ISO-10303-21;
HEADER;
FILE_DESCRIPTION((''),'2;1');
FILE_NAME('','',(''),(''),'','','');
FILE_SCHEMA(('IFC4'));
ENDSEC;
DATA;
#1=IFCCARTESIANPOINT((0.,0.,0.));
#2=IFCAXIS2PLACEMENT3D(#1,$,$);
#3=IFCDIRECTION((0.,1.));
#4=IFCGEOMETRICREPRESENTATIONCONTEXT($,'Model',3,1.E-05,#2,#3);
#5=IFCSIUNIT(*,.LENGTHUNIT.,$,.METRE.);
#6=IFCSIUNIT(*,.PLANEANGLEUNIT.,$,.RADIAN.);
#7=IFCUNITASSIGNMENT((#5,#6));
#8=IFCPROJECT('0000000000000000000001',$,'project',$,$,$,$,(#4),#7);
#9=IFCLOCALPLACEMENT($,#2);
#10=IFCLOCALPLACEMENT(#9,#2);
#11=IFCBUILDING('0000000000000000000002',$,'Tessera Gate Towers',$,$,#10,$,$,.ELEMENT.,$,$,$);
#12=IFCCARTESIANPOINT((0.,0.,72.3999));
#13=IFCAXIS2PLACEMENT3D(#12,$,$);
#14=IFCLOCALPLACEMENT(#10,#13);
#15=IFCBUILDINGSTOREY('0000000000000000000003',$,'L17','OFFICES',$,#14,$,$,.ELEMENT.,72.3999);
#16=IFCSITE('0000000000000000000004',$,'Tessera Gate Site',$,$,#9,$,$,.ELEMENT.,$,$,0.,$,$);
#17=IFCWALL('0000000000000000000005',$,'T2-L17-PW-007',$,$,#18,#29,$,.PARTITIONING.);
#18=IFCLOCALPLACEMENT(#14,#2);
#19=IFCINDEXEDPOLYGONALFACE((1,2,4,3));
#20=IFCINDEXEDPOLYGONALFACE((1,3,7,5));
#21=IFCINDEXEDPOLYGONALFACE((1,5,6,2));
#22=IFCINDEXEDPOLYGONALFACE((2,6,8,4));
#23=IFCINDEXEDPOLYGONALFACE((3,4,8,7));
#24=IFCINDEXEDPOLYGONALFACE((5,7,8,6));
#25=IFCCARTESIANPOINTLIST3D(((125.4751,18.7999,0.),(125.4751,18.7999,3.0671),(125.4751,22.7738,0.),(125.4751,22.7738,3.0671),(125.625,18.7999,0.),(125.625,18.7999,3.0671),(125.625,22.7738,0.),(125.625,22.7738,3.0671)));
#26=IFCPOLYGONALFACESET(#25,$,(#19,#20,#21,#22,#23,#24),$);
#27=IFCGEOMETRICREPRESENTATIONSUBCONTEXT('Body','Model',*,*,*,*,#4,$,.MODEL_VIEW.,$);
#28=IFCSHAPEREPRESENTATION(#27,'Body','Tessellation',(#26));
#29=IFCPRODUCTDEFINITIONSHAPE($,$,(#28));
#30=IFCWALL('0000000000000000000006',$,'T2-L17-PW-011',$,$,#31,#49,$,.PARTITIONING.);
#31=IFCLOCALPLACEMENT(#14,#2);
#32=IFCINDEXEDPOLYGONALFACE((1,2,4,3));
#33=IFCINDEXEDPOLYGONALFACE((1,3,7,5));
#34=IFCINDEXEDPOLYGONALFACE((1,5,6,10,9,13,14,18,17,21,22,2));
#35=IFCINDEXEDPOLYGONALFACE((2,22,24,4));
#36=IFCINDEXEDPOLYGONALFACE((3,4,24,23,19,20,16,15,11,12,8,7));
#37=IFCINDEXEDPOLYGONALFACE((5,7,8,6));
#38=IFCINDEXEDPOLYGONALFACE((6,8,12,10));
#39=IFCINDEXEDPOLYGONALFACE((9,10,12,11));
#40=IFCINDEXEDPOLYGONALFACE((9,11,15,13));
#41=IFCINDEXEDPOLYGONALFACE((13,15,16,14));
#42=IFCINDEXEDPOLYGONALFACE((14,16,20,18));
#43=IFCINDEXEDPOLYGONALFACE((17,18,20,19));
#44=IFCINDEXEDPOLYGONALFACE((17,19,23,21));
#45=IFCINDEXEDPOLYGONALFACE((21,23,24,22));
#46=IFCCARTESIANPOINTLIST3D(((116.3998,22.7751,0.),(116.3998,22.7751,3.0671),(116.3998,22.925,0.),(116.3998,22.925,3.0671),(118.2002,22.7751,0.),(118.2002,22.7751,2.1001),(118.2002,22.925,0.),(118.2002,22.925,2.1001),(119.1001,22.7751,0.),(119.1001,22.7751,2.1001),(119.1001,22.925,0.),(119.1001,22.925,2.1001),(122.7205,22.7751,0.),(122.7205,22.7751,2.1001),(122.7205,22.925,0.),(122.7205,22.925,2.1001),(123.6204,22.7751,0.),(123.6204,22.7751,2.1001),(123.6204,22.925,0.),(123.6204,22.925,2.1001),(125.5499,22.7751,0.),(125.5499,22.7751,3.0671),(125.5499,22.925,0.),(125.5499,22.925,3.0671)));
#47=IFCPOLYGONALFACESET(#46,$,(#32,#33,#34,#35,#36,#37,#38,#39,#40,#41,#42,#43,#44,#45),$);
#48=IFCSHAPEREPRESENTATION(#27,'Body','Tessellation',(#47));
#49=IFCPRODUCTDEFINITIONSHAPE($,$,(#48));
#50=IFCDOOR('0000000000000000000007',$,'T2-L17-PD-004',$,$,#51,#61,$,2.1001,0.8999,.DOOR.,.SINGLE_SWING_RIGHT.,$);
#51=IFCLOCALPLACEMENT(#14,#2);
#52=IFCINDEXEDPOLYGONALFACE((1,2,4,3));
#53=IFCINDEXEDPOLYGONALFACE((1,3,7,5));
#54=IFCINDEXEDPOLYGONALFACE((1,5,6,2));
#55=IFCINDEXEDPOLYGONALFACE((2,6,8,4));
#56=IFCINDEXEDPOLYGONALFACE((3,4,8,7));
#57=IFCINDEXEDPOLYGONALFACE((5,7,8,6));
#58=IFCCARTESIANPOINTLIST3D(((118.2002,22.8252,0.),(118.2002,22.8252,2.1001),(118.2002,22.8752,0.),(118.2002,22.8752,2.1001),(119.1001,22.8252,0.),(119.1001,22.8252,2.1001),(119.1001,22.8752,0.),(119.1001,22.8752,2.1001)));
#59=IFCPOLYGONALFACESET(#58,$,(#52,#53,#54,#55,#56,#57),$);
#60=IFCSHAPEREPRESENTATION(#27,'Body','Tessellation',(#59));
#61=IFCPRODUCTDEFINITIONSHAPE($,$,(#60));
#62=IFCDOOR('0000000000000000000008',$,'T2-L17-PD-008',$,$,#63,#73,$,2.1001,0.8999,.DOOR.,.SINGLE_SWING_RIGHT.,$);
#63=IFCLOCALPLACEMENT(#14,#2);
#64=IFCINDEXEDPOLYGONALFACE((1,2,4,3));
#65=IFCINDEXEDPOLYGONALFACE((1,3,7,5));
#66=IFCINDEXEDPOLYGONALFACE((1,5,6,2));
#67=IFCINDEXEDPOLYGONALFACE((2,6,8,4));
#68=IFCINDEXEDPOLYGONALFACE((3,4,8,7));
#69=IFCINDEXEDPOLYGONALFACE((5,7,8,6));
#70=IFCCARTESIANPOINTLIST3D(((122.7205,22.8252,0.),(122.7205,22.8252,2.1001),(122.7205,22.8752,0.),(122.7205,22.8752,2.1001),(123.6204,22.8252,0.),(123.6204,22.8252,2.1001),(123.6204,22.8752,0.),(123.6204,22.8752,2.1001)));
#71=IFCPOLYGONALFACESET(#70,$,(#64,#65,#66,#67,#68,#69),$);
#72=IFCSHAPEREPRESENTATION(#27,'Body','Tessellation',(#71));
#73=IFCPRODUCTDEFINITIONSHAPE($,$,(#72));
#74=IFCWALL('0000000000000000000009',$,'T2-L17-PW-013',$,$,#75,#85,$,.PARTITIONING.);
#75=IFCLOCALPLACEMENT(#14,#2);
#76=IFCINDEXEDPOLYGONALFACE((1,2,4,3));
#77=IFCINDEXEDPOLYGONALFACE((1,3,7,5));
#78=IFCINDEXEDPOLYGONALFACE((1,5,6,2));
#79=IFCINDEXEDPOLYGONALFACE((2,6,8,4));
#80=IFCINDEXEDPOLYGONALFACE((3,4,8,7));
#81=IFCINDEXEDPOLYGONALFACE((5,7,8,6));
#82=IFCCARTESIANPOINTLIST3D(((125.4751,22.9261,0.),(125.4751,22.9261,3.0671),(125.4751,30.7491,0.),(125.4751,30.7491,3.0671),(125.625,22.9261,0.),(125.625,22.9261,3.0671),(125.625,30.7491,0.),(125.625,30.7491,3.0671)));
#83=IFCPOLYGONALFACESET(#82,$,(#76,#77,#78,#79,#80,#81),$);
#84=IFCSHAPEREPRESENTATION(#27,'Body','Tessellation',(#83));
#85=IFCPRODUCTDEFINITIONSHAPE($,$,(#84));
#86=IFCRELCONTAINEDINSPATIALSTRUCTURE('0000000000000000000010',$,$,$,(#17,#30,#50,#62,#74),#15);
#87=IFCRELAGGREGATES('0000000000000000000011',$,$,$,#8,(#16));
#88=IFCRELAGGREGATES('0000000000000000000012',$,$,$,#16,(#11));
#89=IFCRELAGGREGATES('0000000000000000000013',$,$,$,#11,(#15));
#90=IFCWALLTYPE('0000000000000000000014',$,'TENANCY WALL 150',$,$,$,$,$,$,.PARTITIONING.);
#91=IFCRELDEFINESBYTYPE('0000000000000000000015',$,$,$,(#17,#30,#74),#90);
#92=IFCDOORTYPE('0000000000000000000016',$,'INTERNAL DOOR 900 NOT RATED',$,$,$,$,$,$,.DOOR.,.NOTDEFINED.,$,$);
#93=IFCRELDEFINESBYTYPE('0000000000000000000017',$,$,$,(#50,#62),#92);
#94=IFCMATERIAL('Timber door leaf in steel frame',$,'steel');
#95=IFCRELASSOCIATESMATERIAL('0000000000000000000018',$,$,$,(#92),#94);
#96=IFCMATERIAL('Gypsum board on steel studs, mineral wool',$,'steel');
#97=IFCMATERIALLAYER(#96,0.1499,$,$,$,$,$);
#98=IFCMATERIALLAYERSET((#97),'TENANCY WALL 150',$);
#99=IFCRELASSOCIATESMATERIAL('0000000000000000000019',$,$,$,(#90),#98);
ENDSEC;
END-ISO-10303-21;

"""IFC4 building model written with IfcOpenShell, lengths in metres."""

from ifc_helpers import new_model, si_unit, direction, frame, frame_2d, origin, place, context, subcontext, project, spatial, rectangle, extrude, source, transform, mapped, material, layer, layer_set, type_object, element, fill, save


model = new_model("IFC4")

# Units and contexts
model_context = context("Model", 3, precision=1e-05, world=origin(), true_north=direction((0.0, 1.0)))
body_context = subcontext(model_context, "Body", "Model", "MODEL_VIEW")
ifc_project = project(units=[si_unit("LENGTHUNIT", "METRE"), si_unit("PLANEANGLEUNIT", "RADIAN")], contexts=[model_context])

# Site, building, storey
site_placement = place(None, origin())
site = spatial("IfcSite", under=ifc_project, at=site_placement, Name="Tessera Gate Site", CompositionType="ELEMENT", RefElevation=0.0)
building_placement = place(site_placement, origin())
building = spatial("IfcBuilding", under=site, at=building_placement, Name="Tessera Gate Towers", CompositionType="ELEMENT")
storey_placement = place(building_placement, frame((0.0, 0.0, 72.3999)))
storey = spatial("IfcBuildingStorey", under=building, at=storey_placement, Name="L17", Description="OFFICES", CompositionType="ELEMENT", Elevation=72.3999)

# Shared definitions
ifc_material_1 = material(Name="Timber door leaf in steel frame", Category="steel")
door_type = type_object("IfcDoorType", Name="INTERNAL DOOR 900 NOT RATED", OperationType="NOTDEFINED", PredefinedType="DOOR", material=ifc_material_1)
shared_shape_1 = source(origin(), body_context, "Body", "SweptSolid", [
    extrude(rectangle(XDim=0.8999, YDim=2.1001, at=frame_2d((0.45, 1.05))), frame((0.0, 0.0249, 0.0), z_axis=(0.0, -1.0, 0.0), x_axis=(1.0, 0.0, 0.0)), (0.0, 0.0, 1.0), 0.05),
])

# Wall
ifc_material_2 = material(Name="Gypsum board on steel studs, mineral wool", Category="steel")
ifc_layer_1 = layer(ifc_material_2, 0.1499)
ifc_layer_set_1 = layer_set([ifc_layer_1], Name="TENANCY WALL 150")
wall_type_1 = type_object("IfcWallType", Name="TENANCY WALL 150", PredefinedType="PARTITIONING", material=ifc_layer_set_1)
wall_1_placement = place(storey_placement, frame((125.55, 18.8, 0.0), z_axis=(0.0, 0.0, 1.0), x_axis=(0.0, 1.0, 0.0)))
element("IfcWall", 1, at=wall_1_placement, inside=storey, type_object=wall_type_1, Name="T2-L17-PW-007", PredefinedType="PARTITIONING", context=body_context, shape_type="SweptSolid", body=[
    extrude(rectangle(XDim=3.9739, YDim=0.1499, at=frame_2d((1.9868, 0.0))), origin(), (0.0, 0.0, 1.0), 3.0671),
])

# Wall, openings, doors
wall_2_placement = place(storey_placement, frame((125.55, 22.8501, 0.0), z_axis=(0.0, 0.0, 1.0), x_axis=(-1.0, 0.0, 0.0)))
wall_2 = element("IfcWall", 2, at=wall_2_placement, inside=storey, type_object=wall_type_1, Name="T2-L17-PW-011", PredefinedType="PARTITIONING", context=body_context, shape_type="SweptSolid", body=[
    extrude(rectangle(XDim=9.1501, YDim=0.1499, at=frame_2d((4.5752, 0.0))), origin(), (0.0, 0.0, 1.0), 3.0671),
])
shared_shape_2 = source(origin(), body_context, "Body", "SweptSolid", [
    extrude(rectangle(XDim=0.8999, YDim=2.1001, at=frame_2d((0.45, 1.05))), frame((0.0, 0.085, 0.0), z_axis=(0.0, -1.0, 0.0), x_axis=(1.0, 0.0, 0.0)), (0.0, 0.0, 1.0), 0.1699),
])
opening_1_placement = place(wall_2_placement, frame((6.45, 0.0, 0.0)))
opening_1 = element("IfcOpeningElement", 3, at=opening_1_placement, cuts=wall_2, PredefinedType="OPENING", context=body_context, shape_type="MappedRepresentation", body=[
    mapped(shared_shape_2, transform((0.0, 0.0, 0.0), scale=1.0)),
])
opening_2_placement = place(wall_2_placement, frame((1.9297, 0.0, 0.0)))
opening_2 = element("IfcOpeningElement", 4, at=opening_2_placement, cuts=wall_2, PredefinedType="OPENING", context=body_context, shape_type="MappedRepresentation", body=[
    mapped(shared_shape_2, transform((0.0, 0.0, 0.0), scale=1.0)),
])
door_1_placement = place(opening_1_placement, origin())
door_1 = element("IfcDoor", 5, at=door_1_placement, inside=storey, type_object=door_type, Name="T2-L17-PD-004", OperationType="SINGLE_SWING_RIGHT", OverallHeight=2.1001, OverallWidth=0.8999, PredefinedType="DOOR", context=body_context, shape_type="MappedRepresentation", body=[
    mapped(shared_shape_1, transform((0.0, 0.0, 0.0), scale=1.0)),
])
fill(opening_1, door_1)
door_2_placement = place(opening_2_placement, origin())
door_2 = element("IfcDoor", 6, at=door_2_placement, inside=storey, type_object=door_type, Name="T2-L17-PD-008", OperationType="SINGLE_SWING_RIGHT", OverallHeight=2.1001, OverallWidth=0.8999, PredefinedType="DOOR", context=body_context, shape_type="MappedRepresentation", body=[
    mapped(shared_shape_1, transform((0.0, 0.0, 0.0), scale=1.0)),
])
fill(opening_2, door_2)

# Wall
wall_3_placement = place(storey_placement, frame((125.55, 22.926, 0.0), z_axis=(0.0, 0.0, 1.0), x_axis=(0.0, 1.0, 0.0)))
element("IfcWall", 7, at=wall_3_placement, inside=storey, type_object=wall_type_1, Name="T2-L17-PW-013", PredefinedType="PARTITIONING", context=body_context, shape_type="SweptSolid", body=[
    extrude(rectangle(XDim=7.823, YDim=0.1499, at=frame_2d((3.9116, 0.0))), origin(), (0.0, 0.0, 1.0), 3.0671),
])

save(model, "model.ifc")
